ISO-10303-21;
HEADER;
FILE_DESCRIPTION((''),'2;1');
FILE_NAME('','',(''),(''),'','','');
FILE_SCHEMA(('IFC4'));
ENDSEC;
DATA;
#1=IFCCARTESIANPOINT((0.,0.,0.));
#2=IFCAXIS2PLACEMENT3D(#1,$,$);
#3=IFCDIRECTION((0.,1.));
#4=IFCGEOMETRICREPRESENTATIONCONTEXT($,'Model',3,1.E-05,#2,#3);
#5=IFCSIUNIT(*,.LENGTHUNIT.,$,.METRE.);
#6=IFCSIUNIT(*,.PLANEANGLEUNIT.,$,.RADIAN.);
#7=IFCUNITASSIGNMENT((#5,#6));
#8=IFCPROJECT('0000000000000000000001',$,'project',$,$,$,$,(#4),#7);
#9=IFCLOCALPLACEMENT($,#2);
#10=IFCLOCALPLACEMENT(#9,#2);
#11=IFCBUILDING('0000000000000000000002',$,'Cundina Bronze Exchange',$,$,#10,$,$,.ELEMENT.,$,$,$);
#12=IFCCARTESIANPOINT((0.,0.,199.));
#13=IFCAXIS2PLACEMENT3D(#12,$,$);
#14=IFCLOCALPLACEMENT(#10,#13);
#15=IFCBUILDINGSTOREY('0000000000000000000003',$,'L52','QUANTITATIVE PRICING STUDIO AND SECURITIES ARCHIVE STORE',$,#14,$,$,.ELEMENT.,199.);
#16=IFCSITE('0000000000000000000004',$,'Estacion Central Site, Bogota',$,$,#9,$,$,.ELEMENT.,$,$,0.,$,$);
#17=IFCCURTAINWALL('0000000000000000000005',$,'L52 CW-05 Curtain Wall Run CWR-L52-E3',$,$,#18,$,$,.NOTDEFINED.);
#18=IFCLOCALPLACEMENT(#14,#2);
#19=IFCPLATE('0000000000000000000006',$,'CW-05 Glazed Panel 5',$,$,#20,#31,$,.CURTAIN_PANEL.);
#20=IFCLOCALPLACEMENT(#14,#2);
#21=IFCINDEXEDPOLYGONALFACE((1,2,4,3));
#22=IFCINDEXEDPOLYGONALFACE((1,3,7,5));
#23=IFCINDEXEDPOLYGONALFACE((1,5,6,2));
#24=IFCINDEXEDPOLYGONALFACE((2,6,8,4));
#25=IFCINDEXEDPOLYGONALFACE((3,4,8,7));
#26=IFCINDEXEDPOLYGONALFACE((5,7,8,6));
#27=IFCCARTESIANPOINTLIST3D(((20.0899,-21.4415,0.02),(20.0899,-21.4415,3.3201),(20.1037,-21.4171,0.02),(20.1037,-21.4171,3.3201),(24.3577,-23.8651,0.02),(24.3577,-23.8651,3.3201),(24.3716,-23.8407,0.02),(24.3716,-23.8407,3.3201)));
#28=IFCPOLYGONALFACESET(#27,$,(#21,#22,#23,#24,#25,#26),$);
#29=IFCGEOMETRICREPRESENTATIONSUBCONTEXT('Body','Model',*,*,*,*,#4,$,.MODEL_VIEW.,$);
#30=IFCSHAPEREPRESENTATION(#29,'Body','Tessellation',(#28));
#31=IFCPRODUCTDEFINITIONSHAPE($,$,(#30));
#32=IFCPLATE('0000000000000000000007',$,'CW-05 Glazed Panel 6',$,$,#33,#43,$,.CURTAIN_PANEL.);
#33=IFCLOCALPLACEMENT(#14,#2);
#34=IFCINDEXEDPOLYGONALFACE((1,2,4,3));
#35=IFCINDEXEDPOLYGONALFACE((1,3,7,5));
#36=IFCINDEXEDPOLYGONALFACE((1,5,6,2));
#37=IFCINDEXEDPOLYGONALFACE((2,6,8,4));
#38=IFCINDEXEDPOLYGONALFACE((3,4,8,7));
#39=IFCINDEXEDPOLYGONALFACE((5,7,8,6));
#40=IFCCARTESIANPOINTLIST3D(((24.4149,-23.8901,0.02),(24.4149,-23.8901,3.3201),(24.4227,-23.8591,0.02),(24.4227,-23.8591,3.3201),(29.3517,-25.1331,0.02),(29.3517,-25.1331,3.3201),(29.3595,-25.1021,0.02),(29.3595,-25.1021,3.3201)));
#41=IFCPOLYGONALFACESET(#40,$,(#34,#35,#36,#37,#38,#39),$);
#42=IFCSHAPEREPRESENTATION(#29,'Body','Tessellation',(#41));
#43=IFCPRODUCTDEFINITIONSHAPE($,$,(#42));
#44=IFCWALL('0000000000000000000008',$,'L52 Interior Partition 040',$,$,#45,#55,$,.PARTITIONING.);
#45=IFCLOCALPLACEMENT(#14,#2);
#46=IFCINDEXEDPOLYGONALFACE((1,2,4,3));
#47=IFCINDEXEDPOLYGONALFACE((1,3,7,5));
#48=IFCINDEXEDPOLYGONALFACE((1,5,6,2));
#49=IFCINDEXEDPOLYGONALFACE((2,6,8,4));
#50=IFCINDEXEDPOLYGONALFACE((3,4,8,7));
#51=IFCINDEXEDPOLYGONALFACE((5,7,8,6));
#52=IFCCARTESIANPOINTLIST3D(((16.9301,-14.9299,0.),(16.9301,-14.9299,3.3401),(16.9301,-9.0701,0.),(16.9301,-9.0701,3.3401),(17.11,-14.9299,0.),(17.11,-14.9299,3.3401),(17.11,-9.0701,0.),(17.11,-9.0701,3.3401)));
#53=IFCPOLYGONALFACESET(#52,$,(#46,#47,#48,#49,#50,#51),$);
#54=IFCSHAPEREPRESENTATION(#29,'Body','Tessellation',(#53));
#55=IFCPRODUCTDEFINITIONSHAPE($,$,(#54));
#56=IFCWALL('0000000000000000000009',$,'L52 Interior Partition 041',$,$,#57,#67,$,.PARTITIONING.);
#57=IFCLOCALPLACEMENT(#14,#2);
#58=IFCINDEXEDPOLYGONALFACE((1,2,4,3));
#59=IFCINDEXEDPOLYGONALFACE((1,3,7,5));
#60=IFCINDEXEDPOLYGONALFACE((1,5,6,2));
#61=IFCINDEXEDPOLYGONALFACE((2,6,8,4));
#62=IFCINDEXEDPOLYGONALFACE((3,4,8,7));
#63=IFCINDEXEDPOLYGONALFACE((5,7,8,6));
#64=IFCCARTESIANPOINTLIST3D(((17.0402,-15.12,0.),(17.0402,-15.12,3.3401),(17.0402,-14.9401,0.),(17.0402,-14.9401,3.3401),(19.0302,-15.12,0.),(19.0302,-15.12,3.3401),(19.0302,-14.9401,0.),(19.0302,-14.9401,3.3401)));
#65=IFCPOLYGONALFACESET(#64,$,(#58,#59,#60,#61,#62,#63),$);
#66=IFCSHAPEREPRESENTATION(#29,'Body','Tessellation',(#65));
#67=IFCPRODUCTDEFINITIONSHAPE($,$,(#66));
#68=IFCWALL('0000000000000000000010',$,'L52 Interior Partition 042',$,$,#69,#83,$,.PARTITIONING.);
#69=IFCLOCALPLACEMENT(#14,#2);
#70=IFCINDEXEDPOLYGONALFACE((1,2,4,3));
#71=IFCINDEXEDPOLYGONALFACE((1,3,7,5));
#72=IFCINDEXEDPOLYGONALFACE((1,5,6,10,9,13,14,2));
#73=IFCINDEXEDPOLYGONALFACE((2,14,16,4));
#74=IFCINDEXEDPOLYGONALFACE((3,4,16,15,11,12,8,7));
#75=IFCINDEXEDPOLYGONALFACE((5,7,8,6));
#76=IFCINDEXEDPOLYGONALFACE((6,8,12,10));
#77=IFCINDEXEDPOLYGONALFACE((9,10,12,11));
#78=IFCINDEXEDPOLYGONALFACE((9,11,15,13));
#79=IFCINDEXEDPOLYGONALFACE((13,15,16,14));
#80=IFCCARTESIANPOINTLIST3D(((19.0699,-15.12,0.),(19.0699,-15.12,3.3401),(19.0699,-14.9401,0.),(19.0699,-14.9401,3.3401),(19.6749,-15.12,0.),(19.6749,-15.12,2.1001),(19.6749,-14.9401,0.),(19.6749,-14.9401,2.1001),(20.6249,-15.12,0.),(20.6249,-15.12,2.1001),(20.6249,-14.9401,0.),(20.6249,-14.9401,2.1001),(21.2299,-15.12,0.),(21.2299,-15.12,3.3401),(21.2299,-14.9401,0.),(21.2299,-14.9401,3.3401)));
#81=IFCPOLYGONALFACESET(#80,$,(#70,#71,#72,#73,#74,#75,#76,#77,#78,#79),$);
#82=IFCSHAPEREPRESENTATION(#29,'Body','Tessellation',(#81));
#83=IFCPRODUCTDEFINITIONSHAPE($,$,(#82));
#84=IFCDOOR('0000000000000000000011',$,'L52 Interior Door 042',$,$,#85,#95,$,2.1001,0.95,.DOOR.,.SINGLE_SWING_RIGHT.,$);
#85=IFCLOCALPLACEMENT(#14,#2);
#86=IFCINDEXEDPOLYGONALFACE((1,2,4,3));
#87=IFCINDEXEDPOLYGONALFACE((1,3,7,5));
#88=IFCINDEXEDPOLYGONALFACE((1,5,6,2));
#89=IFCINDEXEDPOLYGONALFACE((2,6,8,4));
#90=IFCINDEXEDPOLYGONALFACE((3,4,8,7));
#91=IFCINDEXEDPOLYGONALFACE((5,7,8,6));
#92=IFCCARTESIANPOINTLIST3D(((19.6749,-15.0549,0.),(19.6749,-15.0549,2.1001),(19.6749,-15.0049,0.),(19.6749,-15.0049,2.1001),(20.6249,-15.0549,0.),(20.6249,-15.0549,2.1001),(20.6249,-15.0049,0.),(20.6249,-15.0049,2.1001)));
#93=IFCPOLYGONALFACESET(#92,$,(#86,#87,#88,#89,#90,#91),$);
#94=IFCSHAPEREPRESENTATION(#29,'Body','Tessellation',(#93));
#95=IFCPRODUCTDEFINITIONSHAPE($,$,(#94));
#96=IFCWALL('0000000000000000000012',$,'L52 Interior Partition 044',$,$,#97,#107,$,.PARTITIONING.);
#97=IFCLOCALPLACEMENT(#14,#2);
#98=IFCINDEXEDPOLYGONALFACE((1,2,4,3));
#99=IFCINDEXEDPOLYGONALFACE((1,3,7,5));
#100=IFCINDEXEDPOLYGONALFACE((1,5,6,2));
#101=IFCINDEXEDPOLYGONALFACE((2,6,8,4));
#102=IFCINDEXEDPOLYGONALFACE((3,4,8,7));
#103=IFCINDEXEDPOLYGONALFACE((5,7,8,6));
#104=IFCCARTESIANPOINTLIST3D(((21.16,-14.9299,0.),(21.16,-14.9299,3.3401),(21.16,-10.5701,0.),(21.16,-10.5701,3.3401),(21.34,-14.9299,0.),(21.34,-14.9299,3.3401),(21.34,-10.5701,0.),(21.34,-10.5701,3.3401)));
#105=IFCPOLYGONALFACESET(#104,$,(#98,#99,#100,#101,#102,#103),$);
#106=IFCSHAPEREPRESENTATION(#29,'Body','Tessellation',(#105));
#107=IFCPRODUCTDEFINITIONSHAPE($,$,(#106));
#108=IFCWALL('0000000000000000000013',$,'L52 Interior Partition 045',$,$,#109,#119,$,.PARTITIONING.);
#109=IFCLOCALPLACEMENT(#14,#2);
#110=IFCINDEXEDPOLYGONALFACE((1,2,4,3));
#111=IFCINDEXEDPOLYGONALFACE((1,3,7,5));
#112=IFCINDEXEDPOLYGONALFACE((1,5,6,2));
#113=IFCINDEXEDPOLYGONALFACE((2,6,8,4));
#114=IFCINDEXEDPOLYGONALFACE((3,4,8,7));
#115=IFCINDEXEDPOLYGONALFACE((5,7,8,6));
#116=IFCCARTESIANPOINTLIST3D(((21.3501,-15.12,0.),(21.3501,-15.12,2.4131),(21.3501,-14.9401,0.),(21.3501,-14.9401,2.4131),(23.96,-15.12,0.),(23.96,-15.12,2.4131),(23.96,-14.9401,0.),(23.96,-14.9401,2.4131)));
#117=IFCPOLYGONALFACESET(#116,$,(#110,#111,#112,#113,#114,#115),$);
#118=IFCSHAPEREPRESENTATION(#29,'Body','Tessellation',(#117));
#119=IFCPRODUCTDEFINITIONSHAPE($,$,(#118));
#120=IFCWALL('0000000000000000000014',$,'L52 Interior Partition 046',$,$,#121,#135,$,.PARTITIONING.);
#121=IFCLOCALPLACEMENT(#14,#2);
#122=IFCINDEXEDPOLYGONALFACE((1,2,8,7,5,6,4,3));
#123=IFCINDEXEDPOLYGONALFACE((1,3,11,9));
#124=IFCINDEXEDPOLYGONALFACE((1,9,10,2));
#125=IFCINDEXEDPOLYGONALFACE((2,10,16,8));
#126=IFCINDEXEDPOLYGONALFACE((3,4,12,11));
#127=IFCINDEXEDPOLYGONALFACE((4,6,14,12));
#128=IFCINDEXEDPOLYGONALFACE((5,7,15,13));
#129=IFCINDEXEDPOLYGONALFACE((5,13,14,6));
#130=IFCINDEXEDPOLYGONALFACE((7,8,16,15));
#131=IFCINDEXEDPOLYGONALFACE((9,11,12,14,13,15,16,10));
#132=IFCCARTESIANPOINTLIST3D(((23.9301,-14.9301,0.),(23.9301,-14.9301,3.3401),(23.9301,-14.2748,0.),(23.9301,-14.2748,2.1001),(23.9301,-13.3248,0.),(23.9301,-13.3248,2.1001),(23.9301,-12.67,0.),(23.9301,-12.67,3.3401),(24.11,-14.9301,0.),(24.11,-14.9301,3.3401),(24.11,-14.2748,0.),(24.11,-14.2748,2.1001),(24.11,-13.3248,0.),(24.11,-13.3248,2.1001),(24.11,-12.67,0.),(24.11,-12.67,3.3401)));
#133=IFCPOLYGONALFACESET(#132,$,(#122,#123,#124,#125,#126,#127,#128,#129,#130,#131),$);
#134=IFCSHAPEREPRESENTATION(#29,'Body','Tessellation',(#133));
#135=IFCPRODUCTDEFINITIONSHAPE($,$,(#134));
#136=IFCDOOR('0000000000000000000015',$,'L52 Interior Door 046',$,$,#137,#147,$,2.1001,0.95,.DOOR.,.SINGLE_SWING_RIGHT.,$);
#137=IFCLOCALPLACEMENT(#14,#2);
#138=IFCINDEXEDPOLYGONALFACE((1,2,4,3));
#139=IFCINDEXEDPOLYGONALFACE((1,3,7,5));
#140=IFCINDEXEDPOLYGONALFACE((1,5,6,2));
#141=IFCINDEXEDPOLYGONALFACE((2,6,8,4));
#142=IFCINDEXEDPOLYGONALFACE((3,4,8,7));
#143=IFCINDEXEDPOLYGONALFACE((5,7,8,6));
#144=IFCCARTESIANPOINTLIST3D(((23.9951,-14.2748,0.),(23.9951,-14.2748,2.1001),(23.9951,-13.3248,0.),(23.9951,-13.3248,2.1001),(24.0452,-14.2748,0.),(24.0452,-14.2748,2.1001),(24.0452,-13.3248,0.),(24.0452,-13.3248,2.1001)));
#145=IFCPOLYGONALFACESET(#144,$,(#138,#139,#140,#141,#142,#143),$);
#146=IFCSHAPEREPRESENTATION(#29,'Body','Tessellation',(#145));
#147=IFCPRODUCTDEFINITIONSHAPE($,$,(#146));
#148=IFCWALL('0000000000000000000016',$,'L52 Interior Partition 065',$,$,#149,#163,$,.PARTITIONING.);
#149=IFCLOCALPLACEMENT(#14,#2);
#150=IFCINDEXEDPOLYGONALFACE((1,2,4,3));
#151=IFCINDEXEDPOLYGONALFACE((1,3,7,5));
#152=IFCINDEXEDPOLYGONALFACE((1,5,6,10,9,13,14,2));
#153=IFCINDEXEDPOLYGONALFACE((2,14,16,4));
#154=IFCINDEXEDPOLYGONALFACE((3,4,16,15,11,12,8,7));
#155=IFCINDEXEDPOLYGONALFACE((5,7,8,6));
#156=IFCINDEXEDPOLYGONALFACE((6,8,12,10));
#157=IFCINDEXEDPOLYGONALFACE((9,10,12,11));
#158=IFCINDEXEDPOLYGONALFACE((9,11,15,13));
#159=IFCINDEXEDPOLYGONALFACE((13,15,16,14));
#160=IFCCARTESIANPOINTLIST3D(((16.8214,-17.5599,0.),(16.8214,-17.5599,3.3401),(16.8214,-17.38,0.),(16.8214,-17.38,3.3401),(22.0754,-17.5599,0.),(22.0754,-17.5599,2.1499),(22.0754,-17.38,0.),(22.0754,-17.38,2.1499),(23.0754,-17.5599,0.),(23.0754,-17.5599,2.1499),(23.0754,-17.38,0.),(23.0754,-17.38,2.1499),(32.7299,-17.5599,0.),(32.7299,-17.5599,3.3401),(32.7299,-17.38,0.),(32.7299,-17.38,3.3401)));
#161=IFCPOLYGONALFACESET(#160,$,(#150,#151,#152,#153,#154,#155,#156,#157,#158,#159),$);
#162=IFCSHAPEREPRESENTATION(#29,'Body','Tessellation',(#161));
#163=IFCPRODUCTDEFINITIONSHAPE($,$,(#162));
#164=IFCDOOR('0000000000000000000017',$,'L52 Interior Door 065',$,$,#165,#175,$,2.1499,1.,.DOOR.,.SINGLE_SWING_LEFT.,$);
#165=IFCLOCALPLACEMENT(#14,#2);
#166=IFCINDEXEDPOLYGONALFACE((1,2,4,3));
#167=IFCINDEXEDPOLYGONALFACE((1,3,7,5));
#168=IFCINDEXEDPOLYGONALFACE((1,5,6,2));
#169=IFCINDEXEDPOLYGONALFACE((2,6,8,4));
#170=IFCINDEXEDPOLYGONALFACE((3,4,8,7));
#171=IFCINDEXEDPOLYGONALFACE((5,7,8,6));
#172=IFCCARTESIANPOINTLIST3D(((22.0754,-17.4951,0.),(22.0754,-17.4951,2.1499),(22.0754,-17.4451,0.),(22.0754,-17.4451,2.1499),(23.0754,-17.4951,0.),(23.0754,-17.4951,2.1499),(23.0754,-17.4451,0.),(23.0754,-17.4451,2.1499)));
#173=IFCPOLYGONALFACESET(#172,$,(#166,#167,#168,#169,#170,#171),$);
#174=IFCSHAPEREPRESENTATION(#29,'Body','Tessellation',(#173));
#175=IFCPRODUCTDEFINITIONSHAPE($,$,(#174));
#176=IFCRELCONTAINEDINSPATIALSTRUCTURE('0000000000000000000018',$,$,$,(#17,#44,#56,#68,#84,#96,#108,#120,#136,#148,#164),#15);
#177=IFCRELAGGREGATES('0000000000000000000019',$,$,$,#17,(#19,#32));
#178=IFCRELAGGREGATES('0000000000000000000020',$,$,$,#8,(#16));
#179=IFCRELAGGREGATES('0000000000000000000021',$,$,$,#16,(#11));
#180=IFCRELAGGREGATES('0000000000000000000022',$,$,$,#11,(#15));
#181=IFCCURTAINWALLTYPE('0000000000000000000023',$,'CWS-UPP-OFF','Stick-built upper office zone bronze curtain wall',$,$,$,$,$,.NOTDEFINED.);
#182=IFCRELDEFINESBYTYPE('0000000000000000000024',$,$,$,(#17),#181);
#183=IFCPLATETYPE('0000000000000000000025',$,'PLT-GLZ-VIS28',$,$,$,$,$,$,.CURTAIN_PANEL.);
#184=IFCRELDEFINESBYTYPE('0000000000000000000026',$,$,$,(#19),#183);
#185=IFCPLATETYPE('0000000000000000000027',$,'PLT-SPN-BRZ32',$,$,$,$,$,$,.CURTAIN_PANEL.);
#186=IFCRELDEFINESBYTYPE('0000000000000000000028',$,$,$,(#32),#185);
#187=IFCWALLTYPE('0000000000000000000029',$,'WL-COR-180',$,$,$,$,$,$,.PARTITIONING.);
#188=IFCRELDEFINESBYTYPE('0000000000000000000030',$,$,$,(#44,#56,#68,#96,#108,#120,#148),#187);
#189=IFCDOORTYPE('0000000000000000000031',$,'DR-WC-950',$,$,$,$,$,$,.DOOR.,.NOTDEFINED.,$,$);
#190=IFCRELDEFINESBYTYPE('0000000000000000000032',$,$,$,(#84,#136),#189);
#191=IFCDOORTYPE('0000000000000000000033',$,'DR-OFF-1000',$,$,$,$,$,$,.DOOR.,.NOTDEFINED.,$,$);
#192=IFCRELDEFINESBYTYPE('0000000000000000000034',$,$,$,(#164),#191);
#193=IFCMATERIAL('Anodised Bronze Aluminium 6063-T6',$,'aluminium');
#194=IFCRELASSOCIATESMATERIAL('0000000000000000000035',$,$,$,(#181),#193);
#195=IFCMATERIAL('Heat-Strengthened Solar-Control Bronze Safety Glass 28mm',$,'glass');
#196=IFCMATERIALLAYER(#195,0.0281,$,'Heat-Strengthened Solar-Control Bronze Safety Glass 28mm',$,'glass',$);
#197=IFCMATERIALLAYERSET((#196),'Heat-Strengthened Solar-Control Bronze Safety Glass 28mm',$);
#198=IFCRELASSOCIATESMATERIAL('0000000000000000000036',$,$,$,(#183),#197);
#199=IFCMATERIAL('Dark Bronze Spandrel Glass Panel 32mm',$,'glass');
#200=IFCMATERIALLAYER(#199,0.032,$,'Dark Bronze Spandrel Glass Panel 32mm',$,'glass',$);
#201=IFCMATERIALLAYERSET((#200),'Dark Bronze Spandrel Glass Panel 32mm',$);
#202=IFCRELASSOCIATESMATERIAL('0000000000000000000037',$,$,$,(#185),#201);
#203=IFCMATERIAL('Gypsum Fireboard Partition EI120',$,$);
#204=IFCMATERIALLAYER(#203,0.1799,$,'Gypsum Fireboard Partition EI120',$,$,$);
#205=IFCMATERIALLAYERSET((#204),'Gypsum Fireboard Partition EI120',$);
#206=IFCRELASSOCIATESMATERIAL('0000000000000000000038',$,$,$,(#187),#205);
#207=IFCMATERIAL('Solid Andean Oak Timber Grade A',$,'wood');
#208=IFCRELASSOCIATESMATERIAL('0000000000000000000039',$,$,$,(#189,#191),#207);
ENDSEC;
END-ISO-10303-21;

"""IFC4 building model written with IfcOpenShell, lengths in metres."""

from ifc_helpers import new_model, si_unit, direction, frame, frame_2d, origin, origin_2d, place, context, subcontext, project, spatial, rectangle, extrude, material, layer, layer_set, type_object, element, fill, aggregate, save


model = new_model("IFC4")

# Units and contexts
model_context = context("Model", 3, precision=1e-05, world=origin(), true_north=direction((0.0, 1.0)))
body_context = subcontext(model_context, "Body", "Model", "MODEL_VIEW")
ifc_project = project(units=[si_unit("LENGTHUNIT", "METRE"), si_unit("PLANEANGLEUNIT", "RADIAN")], contexts=[model_context])

# Site, building, storey
site_placement = place(None, origin())
site = spatial("IfcSite", under=ifc_project, at=site_placement, Name="Estacion Central Site, Bogota", CompositionType="ELEMENT", RefElevation=0.0)
building_placement = place(site_placement, origin())
building = spatial("IfcBuilding", under=site, at=building_placement, Name="Cundina Bronze Exchange", CompositionType="ELEMENT")
storey_placement = place(building_placement, frame((0.0, 0.0, 199.0)))
storey = spatial("IfcBuildingStorey", under=building, at=storey_placement, Name="L52", Description="QUANTITATIVE PRICING STUDIO AND SECURITIES ARCHIVE STORE", CompositionType="ELEMENT", Elevation=199.0)

# Curtain wall, plates
ifc_material_1 = material(Name="Anodised Bronze Aluminium 6063-T6", Category="aluminium")
curtain_wall_type = type_object("IfcCurtainWallType", Name="CWS-UPP-OFF", Description="Stick-built upper office zone bronze curtain wall", PredefinedType="NOTDEFINED", material=ifc_material_1)
curtain_wall_placement = place(storey_placement, origin())
curtain_wall = element("IfcCurtainWall", 1, at=curtain_wall_placement, inside=storey, type_object=curtain_wall_type, Name="L52 CW-05 Curtain Wall Run CWR-L52-E3", PredefinedType="NOTDEFINED")
ifc_material_2 = material(Name="Heat-Strengthened Solar-Control Bronze Safety Glass 28mm", Category="glass")
ifc_layer_1 = layer(ifc_material_2, 0.0281, Name="Heat-Strengthened Solar-Control Bronze Safety Glass 28mm", Category="glass")
ifc_layer_set_1 = layer_set([ifc_layer_1], Name="Heat-Strengthened Solar-Control Bronze Safety Glass 28mm")
plate_type_1 = type_object("IfcPlateType", Name="PLT-GLZ-VIS28", PredefinedType="CURTAIN_PANEL", material=ifc_layer_set_1)
plate_1_placement = place(storey_placement, frame((22.2307, -22.6411, 0.02), z_axis=(0.0, 0.0, 1.0), x_axis=(0.869573, -0.493805, 0.0)))
plate_1 = element("IfcPlate", 2, at=plate_1_placement, type_object=plate_type_1, Name="CW-05 Glazed Panel 5", PredefinedType="CURTAIN_PANEL", context=body_context, shape_type="SweptSolid", body=[
    extrude(rectangle(XDim=4.908, YDim=0.0281, at=origin_2d()), origin(), (0.0, 0.0, 1.0), 3.3),
])
ifc_material_3 = material(Name="Dark Bronze Spandrel Glass Panel 32mm", Category="glass")
ifc_layer_2 = layer(ifc_material_3, 0.032, Name="Dark Bronze Spandrel Glass Panel 32mm", Category="glass")
ifc_layer_set_2 = layer_set([ifc_layer_2], Name="Dark Bronze Spandrel Glass Panel 32mm")
plate_type_2 = type_object("IfcPlateType", Name="PLT-SPN-BRZ32", PredefinedType="CURTAIN_PANEL", material=ifc_layer_set_2)
plate_2_placement = place(storey_placement, frame((26.8872, -24.4961, 0.02), z_axis=(0.0, 0.0, 1.0), x_axis=(0.969732, -0.244174, 0.0)))
plate_2 = element("IfcPlate", 3, at=plate_2_placement, type_object=plate_type_2, Name="CW-05 Glazed Panel 6", PredefinedType="CURTAIN_PANEL", context=body_context, shape_type="SweptSolid", body=[
    extrude(rectangle(XDim=5.0908, YDim=0.032, at=origin_2d()), origin(), (0.0, 0.0, 1.0), 3.3),
])
aggregate(curtain_wall, [plate_1, plate_2])

# Walls
ifc_material_4 = material(Name="Gypsum Fireboard Partition EI120")
ifc_layer_3 = layer(ifc_material_4, 0.1799, Name="Gypsum Fireboard Partition EI120")
ifc_layer_set_3 = layer_set([ifc_layer_3], Name="Gypsum Fireboard Partition EI120")
wall_type_1 = type_object("IfcWallType", Name="WL-COR-180", PredefinedType="PARTITIONING", material=ifc_layer_set_3)
wall_1_placement = place(storey_placement, frame((17.02, -14.9299, 0.0), z_axis=(0.0, 0.0, 1.0), x_axis=(0.0, 1.0, 0.0)))
element("IfcWall", 4, at=wall_1_placement, inside=storey, type_object=wall_type_1, Name="L52 Interior Partition 040", PredefinedType="PARTITIONING", context=body_context, shape_type="SweptSolid", body=[
    extrude(rectangle(XDim=5.8599, YDim=0.1799, at=frame_2d((2.9299, 0.0))), origin(), (0.0, 0.0, 1.0), 3.3401),
])
wall_2_placement = place(storey_placement, frame((17.04, -15.03, 0.0), z_axis=(0.0, 0.0, 1.0), x_axis=(1.0, 0.0, 0.0)))
element("IfcWall", 5, at=wall_2_placement, inside=storey, type_object=wall_type_1, Name="L52 Interior Partition 041", PredefinedType="PARTITIONING", context=body_context, shape_type="SweptSolid", body=[
    extrude(rectangle(XDim=1.99, YDim=0.1799, at=frame_2d((0.9951, 0.0))), origin(), (0.0, 0.0, 1.0), 3.3401),
])

# Wall, opening, door
wall_3_placement = place(storey_placement, frame((21.23, -15.03, 0.0), z_axis=(0.0, 0.0, 1.0), x_axis=(-1.0, 0.0, 0.0)))
wall_3 = element("IfcWall", 6, at=wall_3_placement, inside=storey, type_object=wall_type_1, Name="L52 Interior Partition 042", PredefinedType="PARTITIONING", context=body_context, shape_type="SweptSolid", body=[
    extrude(rectangle(XDim=2.1599, YDim=0.1799, at=frame_2d((1.0801, 0.0))), origin(), (0.0, 0.0, 1.0), 3.3401),
])
opening_1_placement = place(wall_3_placement, frame((0.605, 0.0, 0.0)))
opening_1 = element("IfcOpeningElement", 7, at=opening_1_placement, cuts=wall_3, PredefinedType="OPENING", context=body_context, shape_type="SweptSolid", body=[
    extrude(rectangle(XDim=0.95, YDim=2.1001, at=frame_2d((0.4751, 1.05))), frame((0.0, 0.0999, 0.0), z_axis=(0.0, -1.0, 0.0), x_axis=(1.0, 0.0, 0.0)), (0.0, 0.0, 1.0), 0.2),
])
ifc_material_5 = material(Name="Solid Andean Oak Timber Grade A", Category="wood")
door_type_1 = type_object("IfcDoorType", Name="DR-WC-950", OperationType="NOTDEFINED", PredefinedType="DOOR", material=ifc_material_5)
door_1_placement = place(opening_1_placement, origin())
door_1 = element("IfcDoor", 8, at=door_1_placement, inside=storey, type_object=door_type_1, Name="L52 Interior Door 042", OperationType="SINGLE_SWING_RIGHT", OverallHeight=2.1001, OverallWidth=0.95, PredefinedType="DOOR", context=body_context, shape_type="SweptSolid", body=[
    extrude(rectangle(XDim=0.95, YDim=2.1001, at=frame_2d((0.4751, 1.05))), frame((0.0, 0.0249, 0.0), z_axis=(0.0, -1.0, 0.0), x_axis=(1.0, 0.0, 0.0)), (0.0, 0.0, 1.0), 0.05),
])
fill(opening_1, door_1)

# Walls
wall_4_placement = place(storey_placement, frame((21.25, -14.9299, 0.0), z_axis=(0.0, 0.0, 1.0), x_axis=(0.0, 1.0, 0.0)))
element("IfcWall", 9, at=wall_4_placement, inside=storey, type_object=wall_type_1, Name="L52 Interior Partition 044", PredefinedType="PARTITIONING", context=body_context, shape_type="SweptSolid", body=[
    extrude(rectangle(XDim=4.3599, YDim=0.1799, at=frame_2d((2.1799, 0.0))), origin(), (0.0, 0.0, 1.0), 3.3401),
])
wall_5_placement = place(storey_placement, frame((21.3501, -15.03, 0.0), z_axis=(0.0, 0.0, 1.0), x_axis=(1.0, 0.0, 0.0)))
element("IfcWall", 10, at=wall_5_placement, inside=storey, type_object=wall_type_1, Name="L52 Interior Partition 045", PredefinedType="PARTITIONING", context=body_context, shape_type="SweptSolid", body=[
    extrude(rectangle(XDim=2.6099, YDim=0.1799, at=frame_2d((1.3049, 0.0))), origin(), (0.0, 0.0, 1.0), 2.4131),
])

# Walls, openings, doors
wall_6_placement = place(storey_placement, frame((24.02, -14.9299, 0.0), z_axis=(0.0, 0.0, 1.0), x_axis=(0.0, 1.0, 0.0)))
wall_6 = element("IfcWall", 11, at=wall_6_placement, inside=storey, type_object=wall_type_1, Name="L52 Interior Partition 046", PredefinedType="PARTITIONING", context=body_context, shape_type="SweptSolid", body=[
    extrude(rectangle(XDim=2.26, YDim=0.1799, at=frame_2d((1.1299, 0.0))), origin(), (0.0, 0.0, 1.0), 3.3401),
])
opening_2_placement = place(wall_6_placement, frame((0.655, 0.0, 0.0)))
opening_2 = element("IfcOpeningElement", 12, at=opening_2_placement, cuts=wall_6, PredefinedType="OPENING", context=body_context, shape_type="SweptSolid", body=[
    extrude(rectangle(XDim=0.95, YDim=2.1001, at=frame_2d((0.4751, 1.05))), frame((0.0, 0.0999, 0.0), z_axis=(0.0, -1.0, 0.0), x_axis=(1.0, 0.0, 0.0)), (0.0, 0.0, 1.0), 0.2),
])
door_2_placement = place(opening_2_placement, origin())
door_2 = element("IfcDoor", 13, at=door_2_placement, inside=storey, type_object=door_type_1, Name="L52 Interior Door 046", OperationType="SINGLE_SWING_RIGHT", OverallHeight=2.1001, OverallWidth=0.95, PredefinedType="DOOR", context=body_context, shape_type="SweptSolid", body=[
    extrude(rectangle(XDim=0.95, YDim=2.1001, at=frame_2d((0.4751, 1.05))), frame((0.0, 0.0249, 0.0), z_axis=(0.0, -1.0, 0.0), x_axis=(1.0, 0.0, 0.0)), (0.0, 0.0, 1.0), 0.05),
])
fill(opening_2, door_2)
wall_7_placement = place(storey_placement, frame((16.8215, -17.47, 0.0), z_axis=(0.0, 0.0, 1.0), x_axis=(1.0, 0.0, 0.0)))
wall_7 = element("IfcWall", 14, at=wall_7_placement, inside=storey, type_object=wall_type_1, Name="L52 Interior Partition 065", PredefinedType="PARTITIONING", context=body_context, shape_type="SweptSolid", body=[
    extrude(rectangle(XDim=15.9084, YDim=0.1799, at=frame_2d((7.9541, 0.0))), origin(), (0.0, 0.0, 1.0), 3.3401),
])
opening_3_placement = place(wall_7_placement, frame((5.2539, 0.0, 0.0)))
opening_3 = element("IfcOpeningElement", 15, at=opening_3_placement, cuts=wall_7, PredefinedType="OPENING", context=body_context, shape_type="SweptSolid", body=[
    extrude(rectangle(XDim=1.0, YDim=2.1499, at=frame_2d((0.5, 1.075))), frame((0.0, 0.0999, 0.0), z_axis=(0.0, -1.0, 0.0), x_axis=(1.0, 0.0, 0.0)), (0.0, 0.0, 1.0), 0.2),
])
door_type_2 = type_object("IfcDoorType", Name="DR-OFF-1000", OperationType="NOTDEFINED", PredefinedType="DOOR", material=ifc_material_5)
door_3_placement = place(opening_3_placement, origin())
door_3 = element("IfcDoor", 16, at=door_3_placement, inside=storey, type_object=door_type_2, Name="L52 Interior Door 065", OperationType="SINGLE_SWING_LEFT", OverallHeight=2.1499, OverallWidth=1.0, PredefinedType="DOOR", context=body_context, shape_type="SweptSolid", body=[
    extrude(rectangle(XDim=1.0, YDim=2.1499, at=frame_2d((0.5, 1.075))), frame((0.0, 0.0249, 0.0), z_axis=(0.0, -1.0, 0.0), x_axis=(1.0, 0.0, 0.0)), (0.0, 0.0, 1.0), 0.05),
])
fill(opening_3, door_3)

save(model, "model.ifc")
